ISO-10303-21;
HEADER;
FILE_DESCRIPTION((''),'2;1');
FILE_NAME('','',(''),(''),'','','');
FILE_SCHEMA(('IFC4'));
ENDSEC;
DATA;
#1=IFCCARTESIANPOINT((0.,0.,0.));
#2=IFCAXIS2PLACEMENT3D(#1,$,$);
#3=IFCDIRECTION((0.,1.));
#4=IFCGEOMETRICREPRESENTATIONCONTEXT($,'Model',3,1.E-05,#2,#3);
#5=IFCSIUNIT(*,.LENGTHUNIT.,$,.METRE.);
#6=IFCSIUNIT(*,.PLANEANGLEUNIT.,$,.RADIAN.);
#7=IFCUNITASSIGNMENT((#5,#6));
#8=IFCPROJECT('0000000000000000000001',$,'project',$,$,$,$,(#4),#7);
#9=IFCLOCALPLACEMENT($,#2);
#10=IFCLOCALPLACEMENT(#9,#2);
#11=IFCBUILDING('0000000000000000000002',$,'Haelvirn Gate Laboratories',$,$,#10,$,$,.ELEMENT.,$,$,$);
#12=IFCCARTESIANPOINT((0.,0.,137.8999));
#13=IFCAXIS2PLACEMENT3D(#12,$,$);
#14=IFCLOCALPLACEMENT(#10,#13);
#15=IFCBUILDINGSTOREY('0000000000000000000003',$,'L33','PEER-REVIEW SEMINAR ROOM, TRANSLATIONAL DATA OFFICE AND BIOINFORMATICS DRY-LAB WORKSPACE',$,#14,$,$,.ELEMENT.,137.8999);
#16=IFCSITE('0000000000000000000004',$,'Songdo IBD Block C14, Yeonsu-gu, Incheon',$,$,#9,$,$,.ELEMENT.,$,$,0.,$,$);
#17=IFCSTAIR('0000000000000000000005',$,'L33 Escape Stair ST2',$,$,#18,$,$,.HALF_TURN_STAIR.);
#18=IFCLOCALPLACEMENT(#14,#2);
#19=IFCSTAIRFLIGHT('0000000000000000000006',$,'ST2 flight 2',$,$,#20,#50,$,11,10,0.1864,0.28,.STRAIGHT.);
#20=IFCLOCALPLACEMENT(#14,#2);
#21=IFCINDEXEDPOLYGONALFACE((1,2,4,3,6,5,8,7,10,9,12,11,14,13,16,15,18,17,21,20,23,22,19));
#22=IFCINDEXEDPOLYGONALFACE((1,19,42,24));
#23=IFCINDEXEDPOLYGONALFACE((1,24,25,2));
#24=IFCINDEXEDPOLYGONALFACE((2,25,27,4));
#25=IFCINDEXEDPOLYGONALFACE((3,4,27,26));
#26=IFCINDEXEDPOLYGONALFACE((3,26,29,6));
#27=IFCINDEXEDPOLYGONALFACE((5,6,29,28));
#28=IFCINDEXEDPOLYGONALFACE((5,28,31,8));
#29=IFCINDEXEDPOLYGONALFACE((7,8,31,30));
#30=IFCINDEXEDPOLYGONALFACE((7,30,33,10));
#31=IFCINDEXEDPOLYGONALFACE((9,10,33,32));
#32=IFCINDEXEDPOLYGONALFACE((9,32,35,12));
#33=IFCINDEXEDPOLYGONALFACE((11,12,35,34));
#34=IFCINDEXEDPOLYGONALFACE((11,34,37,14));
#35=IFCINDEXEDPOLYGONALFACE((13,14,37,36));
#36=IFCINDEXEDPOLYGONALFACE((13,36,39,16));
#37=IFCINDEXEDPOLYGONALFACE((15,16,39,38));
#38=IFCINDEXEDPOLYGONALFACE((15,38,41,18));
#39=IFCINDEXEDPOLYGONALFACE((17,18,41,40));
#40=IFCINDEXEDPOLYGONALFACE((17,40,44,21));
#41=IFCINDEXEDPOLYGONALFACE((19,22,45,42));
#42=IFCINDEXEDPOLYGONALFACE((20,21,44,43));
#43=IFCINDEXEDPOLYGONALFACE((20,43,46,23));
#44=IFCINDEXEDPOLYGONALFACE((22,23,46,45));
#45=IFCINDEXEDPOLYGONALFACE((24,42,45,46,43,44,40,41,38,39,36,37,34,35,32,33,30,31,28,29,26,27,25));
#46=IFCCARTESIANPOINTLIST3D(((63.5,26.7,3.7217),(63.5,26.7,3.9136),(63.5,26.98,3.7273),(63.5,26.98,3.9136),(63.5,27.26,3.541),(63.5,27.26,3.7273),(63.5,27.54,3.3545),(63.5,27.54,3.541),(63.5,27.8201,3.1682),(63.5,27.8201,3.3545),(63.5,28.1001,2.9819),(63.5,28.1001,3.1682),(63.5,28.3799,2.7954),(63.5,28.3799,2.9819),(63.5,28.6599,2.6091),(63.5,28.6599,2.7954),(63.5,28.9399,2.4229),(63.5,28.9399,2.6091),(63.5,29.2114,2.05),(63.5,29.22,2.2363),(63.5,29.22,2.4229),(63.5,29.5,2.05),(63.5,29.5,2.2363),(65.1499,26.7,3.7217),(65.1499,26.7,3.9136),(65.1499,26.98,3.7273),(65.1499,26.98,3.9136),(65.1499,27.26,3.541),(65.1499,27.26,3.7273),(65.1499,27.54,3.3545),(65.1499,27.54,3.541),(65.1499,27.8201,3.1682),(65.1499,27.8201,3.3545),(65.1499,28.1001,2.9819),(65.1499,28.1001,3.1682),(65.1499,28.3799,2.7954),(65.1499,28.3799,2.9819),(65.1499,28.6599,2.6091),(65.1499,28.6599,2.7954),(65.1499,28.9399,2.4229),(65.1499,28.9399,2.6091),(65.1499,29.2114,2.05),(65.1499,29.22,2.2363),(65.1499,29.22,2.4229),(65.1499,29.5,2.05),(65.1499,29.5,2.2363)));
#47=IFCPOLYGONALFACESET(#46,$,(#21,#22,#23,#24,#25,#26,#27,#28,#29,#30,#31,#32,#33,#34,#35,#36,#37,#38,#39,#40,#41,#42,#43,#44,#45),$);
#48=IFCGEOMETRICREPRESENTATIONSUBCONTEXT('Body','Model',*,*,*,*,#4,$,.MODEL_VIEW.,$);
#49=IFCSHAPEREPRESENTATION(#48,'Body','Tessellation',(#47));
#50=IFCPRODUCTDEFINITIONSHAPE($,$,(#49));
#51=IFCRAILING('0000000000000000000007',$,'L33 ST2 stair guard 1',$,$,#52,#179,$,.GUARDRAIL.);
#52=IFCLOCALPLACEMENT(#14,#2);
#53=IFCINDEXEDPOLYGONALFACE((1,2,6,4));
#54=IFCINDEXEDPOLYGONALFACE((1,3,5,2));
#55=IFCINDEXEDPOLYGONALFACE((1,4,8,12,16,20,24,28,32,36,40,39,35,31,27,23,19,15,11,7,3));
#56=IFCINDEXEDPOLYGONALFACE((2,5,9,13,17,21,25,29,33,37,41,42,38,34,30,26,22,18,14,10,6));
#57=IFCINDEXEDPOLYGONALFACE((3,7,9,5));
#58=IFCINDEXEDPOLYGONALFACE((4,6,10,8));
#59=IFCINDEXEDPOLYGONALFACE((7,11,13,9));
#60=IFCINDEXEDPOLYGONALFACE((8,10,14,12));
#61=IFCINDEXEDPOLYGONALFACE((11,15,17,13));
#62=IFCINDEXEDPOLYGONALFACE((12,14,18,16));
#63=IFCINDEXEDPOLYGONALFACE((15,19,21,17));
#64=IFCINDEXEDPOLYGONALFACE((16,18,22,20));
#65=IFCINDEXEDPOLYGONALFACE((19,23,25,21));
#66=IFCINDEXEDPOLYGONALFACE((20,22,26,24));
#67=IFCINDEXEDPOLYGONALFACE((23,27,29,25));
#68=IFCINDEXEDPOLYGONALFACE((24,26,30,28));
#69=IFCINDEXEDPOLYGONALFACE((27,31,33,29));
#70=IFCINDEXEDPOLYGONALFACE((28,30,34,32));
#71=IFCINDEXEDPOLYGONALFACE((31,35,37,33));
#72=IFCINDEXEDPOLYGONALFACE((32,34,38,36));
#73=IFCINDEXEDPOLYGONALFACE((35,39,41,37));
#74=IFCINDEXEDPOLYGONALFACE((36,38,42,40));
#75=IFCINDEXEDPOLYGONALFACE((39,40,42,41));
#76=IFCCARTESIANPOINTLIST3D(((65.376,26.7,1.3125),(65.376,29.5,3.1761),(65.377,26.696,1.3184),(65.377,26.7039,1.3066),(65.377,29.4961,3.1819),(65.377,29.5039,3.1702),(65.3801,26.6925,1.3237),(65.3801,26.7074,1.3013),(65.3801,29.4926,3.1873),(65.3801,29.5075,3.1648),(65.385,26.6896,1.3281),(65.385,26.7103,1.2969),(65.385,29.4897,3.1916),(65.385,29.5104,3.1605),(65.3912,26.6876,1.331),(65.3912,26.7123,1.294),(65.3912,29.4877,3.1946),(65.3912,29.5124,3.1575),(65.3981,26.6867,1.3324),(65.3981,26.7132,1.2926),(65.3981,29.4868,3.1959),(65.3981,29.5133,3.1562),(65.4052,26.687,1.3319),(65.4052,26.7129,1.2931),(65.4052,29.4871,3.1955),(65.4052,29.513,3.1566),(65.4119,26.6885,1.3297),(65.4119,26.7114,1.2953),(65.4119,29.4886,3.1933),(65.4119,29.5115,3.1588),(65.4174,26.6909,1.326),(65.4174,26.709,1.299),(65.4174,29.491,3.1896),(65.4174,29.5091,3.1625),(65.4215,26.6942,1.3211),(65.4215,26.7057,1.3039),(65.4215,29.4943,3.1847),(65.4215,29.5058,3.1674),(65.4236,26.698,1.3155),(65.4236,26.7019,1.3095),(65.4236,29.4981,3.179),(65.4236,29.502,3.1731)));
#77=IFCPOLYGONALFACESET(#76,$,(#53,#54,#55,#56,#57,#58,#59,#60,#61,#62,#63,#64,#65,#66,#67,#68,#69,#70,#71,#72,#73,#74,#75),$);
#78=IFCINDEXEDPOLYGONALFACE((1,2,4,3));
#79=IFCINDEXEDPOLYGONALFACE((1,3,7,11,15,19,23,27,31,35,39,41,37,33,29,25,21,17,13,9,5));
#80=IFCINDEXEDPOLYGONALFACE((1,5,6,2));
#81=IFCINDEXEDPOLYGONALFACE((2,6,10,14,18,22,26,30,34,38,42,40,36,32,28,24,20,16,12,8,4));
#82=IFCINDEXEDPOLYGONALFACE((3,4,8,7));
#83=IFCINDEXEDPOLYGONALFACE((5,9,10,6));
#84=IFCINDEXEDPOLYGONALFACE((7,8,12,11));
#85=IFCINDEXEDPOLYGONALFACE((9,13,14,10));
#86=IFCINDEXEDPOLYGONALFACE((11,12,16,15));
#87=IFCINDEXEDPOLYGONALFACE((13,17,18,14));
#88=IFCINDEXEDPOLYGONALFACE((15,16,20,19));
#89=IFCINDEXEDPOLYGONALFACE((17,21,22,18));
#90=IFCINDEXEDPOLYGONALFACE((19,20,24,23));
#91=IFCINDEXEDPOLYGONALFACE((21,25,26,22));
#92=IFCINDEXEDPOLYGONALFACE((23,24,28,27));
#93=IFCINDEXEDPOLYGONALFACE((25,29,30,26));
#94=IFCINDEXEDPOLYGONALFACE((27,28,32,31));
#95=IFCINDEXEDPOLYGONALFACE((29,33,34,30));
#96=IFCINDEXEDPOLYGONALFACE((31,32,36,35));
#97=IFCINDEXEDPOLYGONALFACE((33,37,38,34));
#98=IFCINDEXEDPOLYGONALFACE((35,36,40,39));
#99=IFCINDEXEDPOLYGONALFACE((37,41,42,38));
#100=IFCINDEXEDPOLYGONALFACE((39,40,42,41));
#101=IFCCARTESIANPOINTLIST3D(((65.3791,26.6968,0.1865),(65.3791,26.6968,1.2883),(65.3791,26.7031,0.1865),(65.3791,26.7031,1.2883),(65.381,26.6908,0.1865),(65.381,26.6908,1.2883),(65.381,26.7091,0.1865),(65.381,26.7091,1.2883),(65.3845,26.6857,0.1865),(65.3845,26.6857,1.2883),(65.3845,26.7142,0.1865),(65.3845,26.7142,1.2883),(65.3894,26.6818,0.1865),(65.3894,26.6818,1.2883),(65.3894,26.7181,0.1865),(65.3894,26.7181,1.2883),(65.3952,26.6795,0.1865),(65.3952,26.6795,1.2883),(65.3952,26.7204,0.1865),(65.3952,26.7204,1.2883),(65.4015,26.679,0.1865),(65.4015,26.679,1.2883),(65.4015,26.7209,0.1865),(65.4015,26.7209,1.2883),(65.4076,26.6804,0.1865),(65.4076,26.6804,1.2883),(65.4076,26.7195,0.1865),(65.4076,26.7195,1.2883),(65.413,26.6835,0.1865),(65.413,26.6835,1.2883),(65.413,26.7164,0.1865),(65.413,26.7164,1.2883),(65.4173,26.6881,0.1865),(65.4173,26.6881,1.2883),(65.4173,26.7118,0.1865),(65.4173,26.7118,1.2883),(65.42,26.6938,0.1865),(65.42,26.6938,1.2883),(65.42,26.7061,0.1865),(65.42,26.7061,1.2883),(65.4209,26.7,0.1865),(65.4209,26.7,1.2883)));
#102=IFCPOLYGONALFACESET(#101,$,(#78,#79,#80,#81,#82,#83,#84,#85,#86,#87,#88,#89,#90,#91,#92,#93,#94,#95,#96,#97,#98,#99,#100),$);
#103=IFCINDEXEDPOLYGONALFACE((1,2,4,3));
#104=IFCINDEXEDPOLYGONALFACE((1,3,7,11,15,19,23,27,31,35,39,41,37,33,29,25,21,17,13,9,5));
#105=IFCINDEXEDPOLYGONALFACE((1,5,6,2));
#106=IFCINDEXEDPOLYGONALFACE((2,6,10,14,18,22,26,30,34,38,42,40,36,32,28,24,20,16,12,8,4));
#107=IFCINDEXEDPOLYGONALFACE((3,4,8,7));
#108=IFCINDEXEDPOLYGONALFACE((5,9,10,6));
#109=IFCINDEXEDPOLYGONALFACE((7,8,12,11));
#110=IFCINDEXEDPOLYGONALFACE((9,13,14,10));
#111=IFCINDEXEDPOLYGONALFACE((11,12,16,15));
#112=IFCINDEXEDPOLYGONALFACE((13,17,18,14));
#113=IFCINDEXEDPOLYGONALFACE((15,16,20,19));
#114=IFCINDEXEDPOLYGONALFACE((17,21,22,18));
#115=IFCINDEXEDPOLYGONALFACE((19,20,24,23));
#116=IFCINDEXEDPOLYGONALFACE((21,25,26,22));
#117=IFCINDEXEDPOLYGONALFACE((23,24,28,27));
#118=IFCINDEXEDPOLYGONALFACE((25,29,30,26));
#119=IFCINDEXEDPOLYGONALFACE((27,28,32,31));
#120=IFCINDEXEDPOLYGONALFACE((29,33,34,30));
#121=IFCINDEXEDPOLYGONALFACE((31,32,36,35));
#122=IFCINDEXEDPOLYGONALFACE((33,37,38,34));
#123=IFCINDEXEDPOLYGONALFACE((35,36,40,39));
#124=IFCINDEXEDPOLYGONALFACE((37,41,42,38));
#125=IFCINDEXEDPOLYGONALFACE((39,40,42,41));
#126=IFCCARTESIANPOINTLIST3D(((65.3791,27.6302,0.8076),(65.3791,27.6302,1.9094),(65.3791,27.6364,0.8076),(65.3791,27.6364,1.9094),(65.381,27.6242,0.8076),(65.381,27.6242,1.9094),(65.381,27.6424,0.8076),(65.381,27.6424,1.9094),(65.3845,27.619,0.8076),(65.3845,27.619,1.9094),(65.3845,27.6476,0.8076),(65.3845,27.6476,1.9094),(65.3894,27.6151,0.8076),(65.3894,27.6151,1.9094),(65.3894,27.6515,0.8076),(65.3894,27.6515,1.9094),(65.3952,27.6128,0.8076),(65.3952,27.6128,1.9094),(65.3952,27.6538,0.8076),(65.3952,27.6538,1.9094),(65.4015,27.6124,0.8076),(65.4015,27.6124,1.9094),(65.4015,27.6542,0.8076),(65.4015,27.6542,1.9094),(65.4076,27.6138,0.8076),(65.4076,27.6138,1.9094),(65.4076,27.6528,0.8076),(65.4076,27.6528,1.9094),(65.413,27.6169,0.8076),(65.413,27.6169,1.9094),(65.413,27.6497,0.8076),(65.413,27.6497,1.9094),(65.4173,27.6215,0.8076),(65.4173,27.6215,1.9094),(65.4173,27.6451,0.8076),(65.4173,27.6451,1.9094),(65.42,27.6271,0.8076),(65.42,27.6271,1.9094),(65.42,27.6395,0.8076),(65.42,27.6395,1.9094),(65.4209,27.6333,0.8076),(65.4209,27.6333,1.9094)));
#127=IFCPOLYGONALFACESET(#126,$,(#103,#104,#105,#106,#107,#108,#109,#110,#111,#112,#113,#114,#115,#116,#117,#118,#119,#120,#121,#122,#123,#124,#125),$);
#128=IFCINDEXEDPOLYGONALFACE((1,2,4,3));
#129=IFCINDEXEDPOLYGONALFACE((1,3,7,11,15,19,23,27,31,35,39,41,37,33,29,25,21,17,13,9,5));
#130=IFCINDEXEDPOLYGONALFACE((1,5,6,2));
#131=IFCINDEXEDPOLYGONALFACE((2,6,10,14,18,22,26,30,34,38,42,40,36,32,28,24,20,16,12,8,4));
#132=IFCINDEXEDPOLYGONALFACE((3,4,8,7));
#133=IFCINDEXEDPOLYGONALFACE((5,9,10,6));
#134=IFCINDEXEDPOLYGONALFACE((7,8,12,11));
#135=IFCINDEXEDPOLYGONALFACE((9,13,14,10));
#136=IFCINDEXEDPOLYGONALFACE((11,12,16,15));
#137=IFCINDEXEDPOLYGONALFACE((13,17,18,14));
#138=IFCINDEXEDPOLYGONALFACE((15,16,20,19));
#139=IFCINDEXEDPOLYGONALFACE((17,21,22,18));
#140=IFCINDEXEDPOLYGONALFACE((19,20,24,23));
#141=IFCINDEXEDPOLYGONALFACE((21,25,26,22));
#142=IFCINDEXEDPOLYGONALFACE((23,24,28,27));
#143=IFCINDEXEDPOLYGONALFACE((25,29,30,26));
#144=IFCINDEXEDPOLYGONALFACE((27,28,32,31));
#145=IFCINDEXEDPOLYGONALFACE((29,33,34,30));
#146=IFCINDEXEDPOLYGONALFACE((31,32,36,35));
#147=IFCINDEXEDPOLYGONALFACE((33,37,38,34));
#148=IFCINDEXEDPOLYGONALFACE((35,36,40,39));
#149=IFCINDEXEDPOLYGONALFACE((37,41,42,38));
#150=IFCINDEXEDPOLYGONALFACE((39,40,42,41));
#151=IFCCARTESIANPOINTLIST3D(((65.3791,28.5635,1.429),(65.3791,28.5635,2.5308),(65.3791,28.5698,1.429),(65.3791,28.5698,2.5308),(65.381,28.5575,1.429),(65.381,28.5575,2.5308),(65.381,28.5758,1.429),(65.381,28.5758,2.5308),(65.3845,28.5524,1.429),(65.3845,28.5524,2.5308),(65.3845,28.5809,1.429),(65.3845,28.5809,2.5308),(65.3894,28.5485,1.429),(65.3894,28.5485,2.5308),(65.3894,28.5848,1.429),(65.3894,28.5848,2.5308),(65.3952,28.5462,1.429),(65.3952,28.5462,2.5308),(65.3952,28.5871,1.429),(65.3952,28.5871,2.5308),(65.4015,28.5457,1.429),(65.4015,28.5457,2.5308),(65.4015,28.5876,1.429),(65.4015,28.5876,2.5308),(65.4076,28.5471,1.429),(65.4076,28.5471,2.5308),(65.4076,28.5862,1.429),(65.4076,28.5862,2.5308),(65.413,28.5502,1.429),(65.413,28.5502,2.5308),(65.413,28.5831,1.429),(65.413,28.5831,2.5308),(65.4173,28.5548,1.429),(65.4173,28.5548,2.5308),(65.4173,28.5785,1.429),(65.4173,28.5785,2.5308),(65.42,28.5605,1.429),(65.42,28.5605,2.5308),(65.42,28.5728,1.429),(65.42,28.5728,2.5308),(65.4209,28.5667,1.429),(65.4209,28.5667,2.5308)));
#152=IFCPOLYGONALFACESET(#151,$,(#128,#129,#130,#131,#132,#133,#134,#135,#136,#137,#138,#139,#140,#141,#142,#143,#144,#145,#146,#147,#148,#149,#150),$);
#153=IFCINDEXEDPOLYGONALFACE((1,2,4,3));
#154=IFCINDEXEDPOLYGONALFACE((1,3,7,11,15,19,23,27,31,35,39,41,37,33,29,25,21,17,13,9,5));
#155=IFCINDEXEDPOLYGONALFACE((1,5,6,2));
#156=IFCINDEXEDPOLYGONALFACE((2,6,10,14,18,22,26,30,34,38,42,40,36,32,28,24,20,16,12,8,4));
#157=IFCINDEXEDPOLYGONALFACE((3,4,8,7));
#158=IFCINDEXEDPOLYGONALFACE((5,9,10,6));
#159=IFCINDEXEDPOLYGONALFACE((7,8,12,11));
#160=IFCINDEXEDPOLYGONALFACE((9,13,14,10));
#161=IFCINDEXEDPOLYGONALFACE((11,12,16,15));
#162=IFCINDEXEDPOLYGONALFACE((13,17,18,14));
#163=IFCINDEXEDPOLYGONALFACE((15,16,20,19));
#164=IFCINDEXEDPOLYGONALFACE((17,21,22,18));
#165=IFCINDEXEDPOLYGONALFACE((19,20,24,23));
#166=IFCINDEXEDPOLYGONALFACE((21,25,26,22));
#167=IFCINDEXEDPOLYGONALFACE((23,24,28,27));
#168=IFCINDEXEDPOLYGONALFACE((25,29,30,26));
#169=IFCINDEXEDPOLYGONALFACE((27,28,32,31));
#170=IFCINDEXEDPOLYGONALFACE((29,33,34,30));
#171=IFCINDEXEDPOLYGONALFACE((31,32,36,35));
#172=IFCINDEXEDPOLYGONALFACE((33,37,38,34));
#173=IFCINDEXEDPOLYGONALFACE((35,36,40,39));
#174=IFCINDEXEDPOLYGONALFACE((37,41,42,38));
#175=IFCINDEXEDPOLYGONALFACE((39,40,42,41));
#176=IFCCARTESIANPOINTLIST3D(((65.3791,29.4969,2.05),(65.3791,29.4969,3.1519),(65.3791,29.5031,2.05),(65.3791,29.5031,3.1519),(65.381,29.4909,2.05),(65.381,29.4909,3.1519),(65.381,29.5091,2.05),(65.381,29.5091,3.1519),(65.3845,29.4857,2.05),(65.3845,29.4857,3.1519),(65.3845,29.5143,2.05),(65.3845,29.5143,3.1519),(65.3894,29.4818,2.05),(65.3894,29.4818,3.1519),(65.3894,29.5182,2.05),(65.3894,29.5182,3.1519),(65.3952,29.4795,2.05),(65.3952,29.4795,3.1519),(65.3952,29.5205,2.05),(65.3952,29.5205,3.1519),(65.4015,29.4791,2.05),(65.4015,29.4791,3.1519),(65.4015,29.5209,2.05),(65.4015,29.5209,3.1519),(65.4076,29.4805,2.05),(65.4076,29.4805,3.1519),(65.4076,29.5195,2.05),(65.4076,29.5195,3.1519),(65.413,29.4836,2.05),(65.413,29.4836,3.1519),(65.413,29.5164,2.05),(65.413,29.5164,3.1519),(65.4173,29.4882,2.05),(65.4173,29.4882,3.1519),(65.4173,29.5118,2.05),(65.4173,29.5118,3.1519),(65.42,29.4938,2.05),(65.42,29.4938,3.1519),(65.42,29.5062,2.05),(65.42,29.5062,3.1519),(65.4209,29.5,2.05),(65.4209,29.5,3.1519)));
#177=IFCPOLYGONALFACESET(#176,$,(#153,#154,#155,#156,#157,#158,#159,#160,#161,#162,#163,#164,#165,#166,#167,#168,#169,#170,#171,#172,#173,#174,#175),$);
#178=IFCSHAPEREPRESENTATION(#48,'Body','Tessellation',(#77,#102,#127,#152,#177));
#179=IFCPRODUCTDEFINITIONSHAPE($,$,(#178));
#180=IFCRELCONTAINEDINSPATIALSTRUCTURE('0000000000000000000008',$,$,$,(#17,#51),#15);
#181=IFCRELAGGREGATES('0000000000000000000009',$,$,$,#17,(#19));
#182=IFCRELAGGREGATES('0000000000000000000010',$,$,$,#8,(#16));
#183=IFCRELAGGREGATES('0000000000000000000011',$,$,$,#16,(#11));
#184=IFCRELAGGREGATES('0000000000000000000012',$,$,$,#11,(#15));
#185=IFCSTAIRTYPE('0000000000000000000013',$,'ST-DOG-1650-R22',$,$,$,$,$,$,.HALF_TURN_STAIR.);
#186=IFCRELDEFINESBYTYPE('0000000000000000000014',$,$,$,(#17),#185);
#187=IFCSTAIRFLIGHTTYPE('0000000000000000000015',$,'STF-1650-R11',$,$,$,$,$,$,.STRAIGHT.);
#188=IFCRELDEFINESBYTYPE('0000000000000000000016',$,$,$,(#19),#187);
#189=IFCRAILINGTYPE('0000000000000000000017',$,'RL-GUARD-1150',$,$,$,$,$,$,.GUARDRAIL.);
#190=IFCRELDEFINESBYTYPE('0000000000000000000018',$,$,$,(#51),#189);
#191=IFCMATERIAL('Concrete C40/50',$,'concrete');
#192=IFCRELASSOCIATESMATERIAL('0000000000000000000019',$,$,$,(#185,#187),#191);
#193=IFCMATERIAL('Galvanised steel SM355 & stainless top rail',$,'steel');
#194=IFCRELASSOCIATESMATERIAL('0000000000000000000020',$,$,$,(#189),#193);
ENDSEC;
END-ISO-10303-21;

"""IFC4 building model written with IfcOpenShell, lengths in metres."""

from ifc_helpers import new_model, si_unit, direction, frame, origin, origin_2d, place, context, subcontext, project, spatial, polyline, circle, outline, extrude, source, transform, mapped, material, type_object, type_shapes, element, aggregate, save


model = new_model("IFC4")

# Units and contexts
model_context = context("Model", 3, precision=1e-05, world=origin(), true_north=direction((0.0, 1.0)))
body_context = subcontext(model_context, "Body", "Model", "MODEL_VIEW")
ifc_project = project(units=[si_unit("LENGTHUNIT", "METRE"), si_unit("PLANEANGLEUNIT", "RADIAN")], contexts=[model_context])

# Site, building, storey
site_placement = place(None, origin())
site = spatial("IfcSite", under=ifc_project, at=site_placement, Name="Songdo IBD Block C14, Yeonsu-gu, Incheon", CompositionType="ELEMENT", RefElevation=0.0)
building_placement = place(site_placement, origin())
building = spatial("IfcBuilding", under=site, at=building_placement, Name="Haelvirn Gate Laboratories", CompositionType="ELEMENT")
storey_placement = place(building_placement, frame((0.0, 0.0, 137.8999)))
storey = spatial("IfcBuildingStorey", under=building, at=storey_placement, Name="L33", Description="PEER-REVIEW SEMINAR ROOM, TRANSLATIONAL DATA OFFICE AND BIOINFORMATICS DRY-LAB WORKSPACE", CompositionType="ELEMENT", Elevation=137.8999)

# Shared definitions
ifc_material_1 = material(Name="Concrete C40/50", Category="concrete")

# Stair, stair flight
stair_type = type_object("IfcStairType", Name="ST-DOG-1650-R22", PredefinedType="HALF_TURN_STAIR", material=ifc_material_1)
stair_placement = place(storey_placement, origin())
stair = element("IfcStair", 1, at=stair_placement, inside=storey, type_object=stair_type, Name="L33 Escape Stair ST2", PredefinedType="HALF_TURN_STAIR")
stair_flight_type = type_object("IfcStairFlightType", Name="STF-1650-R11", PredefinedType="STRAIGHT", material=ifc_material_1)
shared_shape_1 = source(origin(), body_context, "Body", "SweptSolid", [
    extrude(outline(polyline([(0.0, 0.0), (0.0, 0.1863), (0.28, 0.1863), (0.28, 0.3728), (0.5601, 0.3728), (0.5601, 0.5591), (0.8401, 0.5591), (0.8401, 0.7454), (1.1201, 0.7454), (1.1201, 0.9319), (1.3999, 0.9319), (1.3999, 1.1182), (1.6799, 1.1182), (1.6799, 1.3044), (1.96, 1.3044), (1.96, 1.491), (2.24, 1.491), (2.24, 1.6772), (2.52, 1.6772), (2.52, 1.8635), (2.8, 1.8635), (2.8, 2.05), (2.8, 1.6716), (0.2886, 0.0), (0.0, 0.0)])), frame((0.0, 0.825, 0.0), z_axis=(0.0, -1.0, 0.0), x_axis=(1.0, 0.0, 0.0)), (0.0, 0.0, 1.0), 1.6499),
])
type_shapes(stair_flight_type, [shared_shape_1])
stair_flight_1_placement = place(storey_placement, frame((64.325, 29.5, 2.05), z_axis=(0.0, 0.0, 1.0), x_axis=(0.0, -1.0, 0.0)))
stair_flight_1 = element("IfcStairFlight", 2, at=stair_flight_1_placement, type_object=stair_flight_type, Name="ST2 flight 2", NumberOfRisers=11, NumberOfTreads=10, PredefinedType="STRAIGHT", RiserHeight=0.1864, TreadLength=0.28, context=body_context, shape_type="MappedRepresentation", body=[
    mapped(shared_shape_1, transform((0.0, 0.0, 0.0), scale=1.0)),
])
aggregate(stair, [stair_flight_1])

# Railing
ifc_material_2 = material(Name="Galvanised steel SM355 & stainless top rail", Category="steel")
railing_type_1 = type_object("IfcRailingType", Name="RL-GUARD-1150", PredefinedType="GUARDRAIL", material=ifc_material_2)
shared_shape_2 = source(origin(), body_context, "Body", "SweptSolid", [
    extrude(circle(Radius=0.0239, at=origin_2d()), frame((0.0, 0.0, 1.126), z_axis=(0.0, 0.832486, 0.554047), x_axis=(-1.0, 0.0, 0.0)), (0.0, 0.0, 1.0), 3.3635),
    extrude(circle(Radius=0.021, at=origin_2d()), origin(), (0.0, 0.0, 1.0), 1.1018),
    extrude(circle(Radius=0.021, at=origin_2d()), frame((0.0, 0.9333, 0.6211)), (0.0, 0.0, 1.0), 1.1018),
    extrude(circle(Radius=0.021, at=origin_2d()), frame((0.0, 1.8667, 1.2424)), (0.0, 0.0, 1.0), 1.1018),
    extrude(circle(Radius=0.021, at=origin_2d()), frame((0.0, 2.8, 1.8635)), (0.0, 0.0, 1.0), 1.1018),
])
railing_1_placement = place(storey_placement, frame((65.3999, 26.7, 0.1865)))
element("IfcRailing", 3, at=railing_1_placement, inside=storey, type_object=railing_type_1, Name="L33 ST2 stair guard 1", PredefinedType="GUARDRAIL", context=body_context, shape_type="MappedRepresentation", body=[
    mapped(shared_shape_2, transform((0.0, 0.0, 0.0), scale=1.0)),
])

save(model, "model.ifc")
